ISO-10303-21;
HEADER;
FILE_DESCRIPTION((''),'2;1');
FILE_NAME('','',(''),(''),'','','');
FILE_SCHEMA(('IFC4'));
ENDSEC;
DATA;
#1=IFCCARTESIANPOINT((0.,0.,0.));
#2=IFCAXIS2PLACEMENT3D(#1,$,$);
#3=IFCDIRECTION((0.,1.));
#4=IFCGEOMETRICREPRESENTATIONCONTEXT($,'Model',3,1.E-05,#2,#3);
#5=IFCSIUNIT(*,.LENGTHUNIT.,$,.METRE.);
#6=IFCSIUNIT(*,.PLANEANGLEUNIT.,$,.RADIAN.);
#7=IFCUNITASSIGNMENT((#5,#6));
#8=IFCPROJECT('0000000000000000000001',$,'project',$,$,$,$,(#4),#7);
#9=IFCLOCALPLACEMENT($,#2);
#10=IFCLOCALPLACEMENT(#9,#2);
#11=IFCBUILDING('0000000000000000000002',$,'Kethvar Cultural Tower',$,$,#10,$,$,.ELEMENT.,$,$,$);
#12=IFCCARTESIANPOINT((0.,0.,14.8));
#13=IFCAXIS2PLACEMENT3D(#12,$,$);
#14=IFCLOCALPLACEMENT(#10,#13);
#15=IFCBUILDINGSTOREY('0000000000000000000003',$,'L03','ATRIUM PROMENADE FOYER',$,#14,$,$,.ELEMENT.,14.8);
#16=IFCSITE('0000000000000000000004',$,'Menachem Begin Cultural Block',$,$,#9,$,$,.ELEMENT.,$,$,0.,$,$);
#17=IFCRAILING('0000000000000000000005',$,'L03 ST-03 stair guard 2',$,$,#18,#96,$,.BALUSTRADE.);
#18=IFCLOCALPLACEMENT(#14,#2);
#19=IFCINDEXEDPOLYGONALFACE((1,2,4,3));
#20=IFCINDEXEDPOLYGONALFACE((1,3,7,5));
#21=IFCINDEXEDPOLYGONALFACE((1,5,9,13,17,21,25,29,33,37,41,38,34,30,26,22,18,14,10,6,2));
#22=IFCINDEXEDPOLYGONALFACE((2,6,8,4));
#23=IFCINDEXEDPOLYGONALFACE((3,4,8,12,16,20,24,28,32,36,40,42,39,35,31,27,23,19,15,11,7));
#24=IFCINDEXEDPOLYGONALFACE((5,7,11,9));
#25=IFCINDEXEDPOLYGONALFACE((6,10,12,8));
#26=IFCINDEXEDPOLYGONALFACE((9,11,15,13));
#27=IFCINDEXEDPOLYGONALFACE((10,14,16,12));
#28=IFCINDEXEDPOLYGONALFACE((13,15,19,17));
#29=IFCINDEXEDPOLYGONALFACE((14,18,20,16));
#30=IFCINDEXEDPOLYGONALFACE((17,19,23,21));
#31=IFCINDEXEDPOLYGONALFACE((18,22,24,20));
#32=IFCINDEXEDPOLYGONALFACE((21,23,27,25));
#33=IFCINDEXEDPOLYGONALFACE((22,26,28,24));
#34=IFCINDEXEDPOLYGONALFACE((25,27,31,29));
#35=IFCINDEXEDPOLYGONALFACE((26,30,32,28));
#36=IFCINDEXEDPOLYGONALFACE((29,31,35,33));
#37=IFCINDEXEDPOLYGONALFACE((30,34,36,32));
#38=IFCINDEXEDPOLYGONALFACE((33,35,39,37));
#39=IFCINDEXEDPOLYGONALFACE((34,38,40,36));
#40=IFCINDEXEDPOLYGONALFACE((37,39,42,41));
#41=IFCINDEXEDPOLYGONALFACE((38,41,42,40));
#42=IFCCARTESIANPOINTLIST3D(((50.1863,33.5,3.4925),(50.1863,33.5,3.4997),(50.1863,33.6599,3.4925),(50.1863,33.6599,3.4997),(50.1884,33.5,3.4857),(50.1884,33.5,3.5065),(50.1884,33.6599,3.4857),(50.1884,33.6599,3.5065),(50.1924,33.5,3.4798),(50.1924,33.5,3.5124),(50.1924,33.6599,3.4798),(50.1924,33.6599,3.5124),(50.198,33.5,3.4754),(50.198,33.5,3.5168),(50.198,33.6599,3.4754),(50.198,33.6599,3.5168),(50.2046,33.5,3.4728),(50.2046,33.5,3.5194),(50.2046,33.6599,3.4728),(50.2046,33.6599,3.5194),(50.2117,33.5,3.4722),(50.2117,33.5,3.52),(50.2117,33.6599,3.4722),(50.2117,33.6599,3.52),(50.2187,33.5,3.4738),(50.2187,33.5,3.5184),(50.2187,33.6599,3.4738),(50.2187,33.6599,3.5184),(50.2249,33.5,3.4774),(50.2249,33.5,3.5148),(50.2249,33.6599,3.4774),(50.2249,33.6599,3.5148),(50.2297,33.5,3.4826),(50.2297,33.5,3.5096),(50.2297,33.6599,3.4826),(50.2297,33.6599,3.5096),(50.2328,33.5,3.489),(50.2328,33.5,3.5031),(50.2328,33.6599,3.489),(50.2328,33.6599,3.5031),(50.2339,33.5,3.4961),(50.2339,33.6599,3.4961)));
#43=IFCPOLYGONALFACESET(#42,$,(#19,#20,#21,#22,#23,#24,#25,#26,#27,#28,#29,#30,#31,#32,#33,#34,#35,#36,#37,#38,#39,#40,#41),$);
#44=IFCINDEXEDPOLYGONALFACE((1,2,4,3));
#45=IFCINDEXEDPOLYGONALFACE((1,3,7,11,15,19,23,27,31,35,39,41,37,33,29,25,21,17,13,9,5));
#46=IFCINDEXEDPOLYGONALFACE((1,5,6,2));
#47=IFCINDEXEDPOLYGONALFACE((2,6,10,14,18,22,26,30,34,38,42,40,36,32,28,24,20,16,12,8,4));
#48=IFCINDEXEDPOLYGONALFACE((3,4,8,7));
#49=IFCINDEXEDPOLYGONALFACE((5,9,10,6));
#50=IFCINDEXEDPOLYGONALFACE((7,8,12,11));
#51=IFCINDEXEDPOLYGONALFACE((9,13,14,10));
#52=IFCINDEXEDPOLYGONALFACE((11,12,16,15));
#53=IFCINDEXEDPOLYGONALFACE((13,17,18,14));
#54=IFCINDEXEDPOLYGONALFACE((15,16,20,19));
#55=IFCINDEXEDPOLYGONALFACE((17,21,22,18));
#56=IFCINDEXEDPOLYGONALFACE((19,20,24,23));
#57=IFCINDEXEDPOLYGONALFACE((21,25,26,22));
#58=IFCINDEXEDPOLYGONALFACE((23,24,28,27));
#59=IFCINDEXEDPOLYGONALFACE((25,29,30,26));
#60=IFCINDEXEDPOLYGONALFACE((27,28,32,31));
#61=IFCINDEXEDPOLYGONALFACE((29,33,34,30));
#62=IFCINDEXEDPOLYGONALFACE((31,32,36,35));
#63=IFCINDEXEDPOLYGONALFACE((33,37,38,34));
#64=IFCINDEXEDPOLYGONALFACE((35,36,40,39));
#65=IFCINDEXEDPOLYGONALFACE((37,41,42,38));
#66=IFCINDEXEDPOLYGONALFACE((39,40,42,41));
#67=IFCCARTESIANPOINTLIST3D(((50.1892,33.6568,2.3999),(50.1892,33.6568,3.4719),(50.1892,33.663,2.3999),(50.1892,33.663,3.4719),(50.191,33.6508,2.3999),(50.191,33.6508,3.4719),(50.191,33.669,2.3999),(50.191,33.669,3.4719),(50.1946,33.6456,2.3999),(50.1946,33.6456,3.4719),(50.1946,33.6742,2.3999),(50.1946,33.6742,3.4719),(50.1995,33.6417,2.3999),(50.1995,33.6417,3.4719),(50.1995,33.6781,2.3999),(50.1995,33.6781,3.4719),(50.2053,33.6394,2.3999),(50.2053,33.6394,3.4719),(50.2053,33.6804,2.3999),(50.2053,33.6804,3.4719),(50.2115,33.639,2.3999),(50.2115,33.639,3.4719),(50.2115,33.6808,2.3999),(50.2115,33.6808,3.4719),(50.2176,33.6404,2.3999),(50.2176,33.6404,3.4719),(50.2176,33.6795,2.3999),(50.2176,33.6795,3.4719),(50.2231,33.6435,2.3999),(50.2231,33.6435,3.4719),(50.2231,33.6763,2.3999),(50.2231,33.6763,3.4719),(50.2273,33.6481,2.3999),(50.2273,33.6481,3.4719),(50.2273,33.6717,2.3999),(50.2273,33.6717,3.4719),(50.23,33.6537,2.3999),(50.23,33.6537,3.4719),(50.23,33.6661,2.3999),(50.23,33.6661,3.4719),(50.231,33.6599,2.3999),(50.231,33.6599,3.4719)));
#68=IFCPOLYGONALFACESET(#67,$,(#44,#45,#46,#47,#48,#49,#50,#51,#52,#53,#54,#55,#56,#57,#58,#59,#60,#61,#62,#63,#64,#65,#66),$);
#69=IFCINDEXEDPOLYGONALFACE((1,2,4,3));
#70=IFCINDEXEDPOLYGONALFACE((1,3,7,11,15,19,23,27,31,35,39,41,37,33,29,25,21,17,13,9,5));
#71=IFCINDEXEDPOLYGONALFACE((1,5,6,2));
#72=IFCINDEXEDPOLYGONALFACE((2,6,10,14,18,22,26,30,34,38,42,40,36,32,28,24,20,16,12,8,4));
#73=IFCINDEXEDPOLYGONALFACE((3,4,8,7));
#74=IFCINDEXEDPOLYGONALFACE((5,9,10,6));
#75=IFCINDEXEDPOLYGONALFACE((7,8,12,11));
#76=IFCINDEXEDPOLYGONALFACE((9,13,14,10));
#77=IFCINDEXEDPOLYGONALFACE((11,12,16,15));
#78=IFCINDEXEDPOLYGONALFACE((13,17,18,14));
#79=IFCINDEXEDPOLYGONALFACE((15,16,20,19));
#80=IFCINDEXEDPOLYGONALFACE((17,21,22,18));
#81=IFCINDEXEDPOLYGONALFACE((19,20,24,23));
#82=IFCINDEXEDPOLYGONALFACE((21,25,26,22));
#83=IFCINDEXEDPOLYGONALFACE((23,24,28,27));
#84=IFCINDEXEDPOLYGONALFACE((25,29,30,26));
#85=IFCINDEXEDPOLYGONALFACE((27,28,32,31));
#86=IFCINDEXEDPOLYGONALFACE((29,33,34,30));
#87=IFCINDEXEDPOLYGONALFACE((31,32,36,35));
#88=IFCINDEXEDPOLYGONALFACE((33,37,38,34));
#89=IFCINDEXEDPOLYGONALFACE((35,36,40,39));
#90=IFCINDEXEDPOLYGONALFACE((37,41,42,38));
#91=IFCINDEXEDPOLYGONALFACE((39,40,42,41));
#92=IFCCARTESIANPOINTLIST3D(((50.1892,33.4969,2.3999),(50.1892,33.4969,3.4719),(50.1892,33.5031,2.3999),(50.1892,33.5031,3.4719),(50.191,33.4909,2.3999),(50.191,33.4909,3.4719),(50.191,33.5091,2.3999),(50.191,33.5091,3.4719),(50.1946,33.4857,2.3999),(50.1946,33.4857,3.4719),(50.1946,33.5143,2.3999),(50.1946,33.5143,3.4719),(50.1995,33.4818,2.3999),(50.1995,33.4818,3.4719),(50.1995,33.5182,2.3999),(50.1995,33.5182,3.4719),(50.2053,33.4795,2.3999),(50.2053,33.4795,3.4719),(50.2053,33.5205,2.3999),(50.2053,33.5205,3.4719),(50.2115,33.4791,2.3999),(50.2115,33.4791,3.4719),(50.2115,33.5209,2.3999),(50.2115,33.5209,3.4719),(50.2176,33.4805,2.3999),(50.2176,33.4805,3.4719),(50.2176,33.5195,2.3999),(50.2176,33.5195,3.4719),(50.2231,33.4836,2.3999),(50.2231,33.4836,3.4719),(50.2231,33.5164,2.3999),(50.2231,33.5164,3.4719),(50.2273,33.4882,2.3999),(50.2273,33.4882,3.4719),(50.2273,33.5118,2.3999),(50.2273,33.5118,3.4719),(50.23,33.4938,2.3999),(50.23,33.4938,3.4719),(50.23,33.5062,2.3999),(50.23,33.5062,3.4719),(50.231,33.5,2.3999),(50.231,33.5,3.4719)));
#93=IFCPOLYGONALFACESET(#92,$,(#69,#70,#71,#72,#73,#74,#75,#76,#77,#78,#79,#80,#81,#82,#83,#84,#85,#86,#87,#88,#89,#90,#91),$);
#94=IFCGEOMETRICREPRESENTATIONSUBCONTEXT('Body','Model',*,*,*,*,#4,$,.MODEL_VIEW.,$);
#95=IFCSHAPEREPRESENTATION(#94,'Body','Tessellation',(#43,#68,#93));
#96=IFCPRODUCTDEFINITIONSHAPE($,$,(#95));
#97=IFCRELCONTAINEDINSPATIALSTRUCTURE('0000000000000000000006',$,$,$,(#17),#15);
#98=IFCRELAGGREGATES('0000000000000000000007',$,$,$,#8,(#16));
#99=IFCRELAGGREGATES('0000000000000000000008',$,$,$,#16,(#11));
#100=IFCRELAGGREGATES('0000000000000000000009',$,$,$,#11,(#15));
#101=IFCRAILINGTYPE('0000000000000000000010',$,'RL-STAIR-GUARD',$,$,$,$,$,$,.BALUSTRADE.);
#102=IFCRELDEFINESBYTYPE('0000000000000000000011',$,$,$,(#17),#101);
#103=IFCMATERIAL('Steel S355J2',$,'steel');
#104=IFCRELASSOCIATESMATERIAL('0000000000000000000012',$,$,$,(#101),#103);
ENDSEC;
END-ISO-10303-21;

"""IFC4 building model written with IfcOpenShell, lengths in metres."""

from ifc_helpers import new_model, si_unit, direction, frame, origin, origin_2d, place, context, subcontext, project, spatial, circle, extrude, material, type_object, element, save


model = new_model("IFC4")

# Units and contexts
model_context = context("Model", 3, precision=1e-05, world=origin(), true_north=direction((0.0, 1.0)))
body_context = subcontext(model_context, "Body", "Model", "MODEL_VIEW")
ifc_project = project(units=[si_unit("LENGTHUNIT", "METRE"), si_unit("PLANEANGLEUNIT", "RADIAN")], contexts=[model_context])

# Site, building, storey
site_placement = place(None, origin())
site = spatial("IfcSite", under=ifc_project, at=site_placement, Name="Menachem Begin Cultural Block", CompositionType="ELEMENT", RefElevation=0.0)
building_placement = place(site_placement, origin())
building = spatial("IfcBuilding", under=site, at=building_placement, Name="Kethvar Cultural Tower", CompositionType="ELEMENT")
storey_placement = place(building_placement, frame((0.0, 0.0, 14.8)))
storey = spatial("IfcBuildingStorey", under=building, at=storey_placement, Name="L03", Description="ATRIUM PROMENADE FOYER", CompositionType="ELEMENT", Elevation=14.8)

# Shared definitions
ifc_material_1 = material(Name="Steel S355J2", Category="steel")

# Railing
railing_type_1 = type_object("IfcRailingType", Name="RL-STAIR-GUARD", PredefinedType="BALUSTRADE", material=ifc_material_1)
railing_1_placement = place(storey_placement, frame((50.21, 33.6599, 2.3999)))
element("IfcRailing", 1, at=railing_1_placement, inside=storey, type_object=railing_type_1, Name="L03 ST-03 stair guard 2", PredefinedType="BALUSTRADE", context=body_context, shape_type="SweptSolid", body=[
    extrude(circle(Radius=0.0239, at=origin_2d()), frame((0.0, 0.0, 1.0962), z_axis=(0.0, -1.0, 0.0), x_axis=(1.0, 0.0, 0.0)), (0.0, 0.0, 1.0), 0.1599),
    extrude(circle(Radius=0.021, at=origin_2d()), origin(), (0.0, 0.0, 1.0), 1.072),
    extrude(circle(Radius=0.021, at=origin_2d()), frame((0.0, -0.1599, 0.0)), (0.0, 0.0, 1.0), 1.072),
])

save(model, "model.ifc")
